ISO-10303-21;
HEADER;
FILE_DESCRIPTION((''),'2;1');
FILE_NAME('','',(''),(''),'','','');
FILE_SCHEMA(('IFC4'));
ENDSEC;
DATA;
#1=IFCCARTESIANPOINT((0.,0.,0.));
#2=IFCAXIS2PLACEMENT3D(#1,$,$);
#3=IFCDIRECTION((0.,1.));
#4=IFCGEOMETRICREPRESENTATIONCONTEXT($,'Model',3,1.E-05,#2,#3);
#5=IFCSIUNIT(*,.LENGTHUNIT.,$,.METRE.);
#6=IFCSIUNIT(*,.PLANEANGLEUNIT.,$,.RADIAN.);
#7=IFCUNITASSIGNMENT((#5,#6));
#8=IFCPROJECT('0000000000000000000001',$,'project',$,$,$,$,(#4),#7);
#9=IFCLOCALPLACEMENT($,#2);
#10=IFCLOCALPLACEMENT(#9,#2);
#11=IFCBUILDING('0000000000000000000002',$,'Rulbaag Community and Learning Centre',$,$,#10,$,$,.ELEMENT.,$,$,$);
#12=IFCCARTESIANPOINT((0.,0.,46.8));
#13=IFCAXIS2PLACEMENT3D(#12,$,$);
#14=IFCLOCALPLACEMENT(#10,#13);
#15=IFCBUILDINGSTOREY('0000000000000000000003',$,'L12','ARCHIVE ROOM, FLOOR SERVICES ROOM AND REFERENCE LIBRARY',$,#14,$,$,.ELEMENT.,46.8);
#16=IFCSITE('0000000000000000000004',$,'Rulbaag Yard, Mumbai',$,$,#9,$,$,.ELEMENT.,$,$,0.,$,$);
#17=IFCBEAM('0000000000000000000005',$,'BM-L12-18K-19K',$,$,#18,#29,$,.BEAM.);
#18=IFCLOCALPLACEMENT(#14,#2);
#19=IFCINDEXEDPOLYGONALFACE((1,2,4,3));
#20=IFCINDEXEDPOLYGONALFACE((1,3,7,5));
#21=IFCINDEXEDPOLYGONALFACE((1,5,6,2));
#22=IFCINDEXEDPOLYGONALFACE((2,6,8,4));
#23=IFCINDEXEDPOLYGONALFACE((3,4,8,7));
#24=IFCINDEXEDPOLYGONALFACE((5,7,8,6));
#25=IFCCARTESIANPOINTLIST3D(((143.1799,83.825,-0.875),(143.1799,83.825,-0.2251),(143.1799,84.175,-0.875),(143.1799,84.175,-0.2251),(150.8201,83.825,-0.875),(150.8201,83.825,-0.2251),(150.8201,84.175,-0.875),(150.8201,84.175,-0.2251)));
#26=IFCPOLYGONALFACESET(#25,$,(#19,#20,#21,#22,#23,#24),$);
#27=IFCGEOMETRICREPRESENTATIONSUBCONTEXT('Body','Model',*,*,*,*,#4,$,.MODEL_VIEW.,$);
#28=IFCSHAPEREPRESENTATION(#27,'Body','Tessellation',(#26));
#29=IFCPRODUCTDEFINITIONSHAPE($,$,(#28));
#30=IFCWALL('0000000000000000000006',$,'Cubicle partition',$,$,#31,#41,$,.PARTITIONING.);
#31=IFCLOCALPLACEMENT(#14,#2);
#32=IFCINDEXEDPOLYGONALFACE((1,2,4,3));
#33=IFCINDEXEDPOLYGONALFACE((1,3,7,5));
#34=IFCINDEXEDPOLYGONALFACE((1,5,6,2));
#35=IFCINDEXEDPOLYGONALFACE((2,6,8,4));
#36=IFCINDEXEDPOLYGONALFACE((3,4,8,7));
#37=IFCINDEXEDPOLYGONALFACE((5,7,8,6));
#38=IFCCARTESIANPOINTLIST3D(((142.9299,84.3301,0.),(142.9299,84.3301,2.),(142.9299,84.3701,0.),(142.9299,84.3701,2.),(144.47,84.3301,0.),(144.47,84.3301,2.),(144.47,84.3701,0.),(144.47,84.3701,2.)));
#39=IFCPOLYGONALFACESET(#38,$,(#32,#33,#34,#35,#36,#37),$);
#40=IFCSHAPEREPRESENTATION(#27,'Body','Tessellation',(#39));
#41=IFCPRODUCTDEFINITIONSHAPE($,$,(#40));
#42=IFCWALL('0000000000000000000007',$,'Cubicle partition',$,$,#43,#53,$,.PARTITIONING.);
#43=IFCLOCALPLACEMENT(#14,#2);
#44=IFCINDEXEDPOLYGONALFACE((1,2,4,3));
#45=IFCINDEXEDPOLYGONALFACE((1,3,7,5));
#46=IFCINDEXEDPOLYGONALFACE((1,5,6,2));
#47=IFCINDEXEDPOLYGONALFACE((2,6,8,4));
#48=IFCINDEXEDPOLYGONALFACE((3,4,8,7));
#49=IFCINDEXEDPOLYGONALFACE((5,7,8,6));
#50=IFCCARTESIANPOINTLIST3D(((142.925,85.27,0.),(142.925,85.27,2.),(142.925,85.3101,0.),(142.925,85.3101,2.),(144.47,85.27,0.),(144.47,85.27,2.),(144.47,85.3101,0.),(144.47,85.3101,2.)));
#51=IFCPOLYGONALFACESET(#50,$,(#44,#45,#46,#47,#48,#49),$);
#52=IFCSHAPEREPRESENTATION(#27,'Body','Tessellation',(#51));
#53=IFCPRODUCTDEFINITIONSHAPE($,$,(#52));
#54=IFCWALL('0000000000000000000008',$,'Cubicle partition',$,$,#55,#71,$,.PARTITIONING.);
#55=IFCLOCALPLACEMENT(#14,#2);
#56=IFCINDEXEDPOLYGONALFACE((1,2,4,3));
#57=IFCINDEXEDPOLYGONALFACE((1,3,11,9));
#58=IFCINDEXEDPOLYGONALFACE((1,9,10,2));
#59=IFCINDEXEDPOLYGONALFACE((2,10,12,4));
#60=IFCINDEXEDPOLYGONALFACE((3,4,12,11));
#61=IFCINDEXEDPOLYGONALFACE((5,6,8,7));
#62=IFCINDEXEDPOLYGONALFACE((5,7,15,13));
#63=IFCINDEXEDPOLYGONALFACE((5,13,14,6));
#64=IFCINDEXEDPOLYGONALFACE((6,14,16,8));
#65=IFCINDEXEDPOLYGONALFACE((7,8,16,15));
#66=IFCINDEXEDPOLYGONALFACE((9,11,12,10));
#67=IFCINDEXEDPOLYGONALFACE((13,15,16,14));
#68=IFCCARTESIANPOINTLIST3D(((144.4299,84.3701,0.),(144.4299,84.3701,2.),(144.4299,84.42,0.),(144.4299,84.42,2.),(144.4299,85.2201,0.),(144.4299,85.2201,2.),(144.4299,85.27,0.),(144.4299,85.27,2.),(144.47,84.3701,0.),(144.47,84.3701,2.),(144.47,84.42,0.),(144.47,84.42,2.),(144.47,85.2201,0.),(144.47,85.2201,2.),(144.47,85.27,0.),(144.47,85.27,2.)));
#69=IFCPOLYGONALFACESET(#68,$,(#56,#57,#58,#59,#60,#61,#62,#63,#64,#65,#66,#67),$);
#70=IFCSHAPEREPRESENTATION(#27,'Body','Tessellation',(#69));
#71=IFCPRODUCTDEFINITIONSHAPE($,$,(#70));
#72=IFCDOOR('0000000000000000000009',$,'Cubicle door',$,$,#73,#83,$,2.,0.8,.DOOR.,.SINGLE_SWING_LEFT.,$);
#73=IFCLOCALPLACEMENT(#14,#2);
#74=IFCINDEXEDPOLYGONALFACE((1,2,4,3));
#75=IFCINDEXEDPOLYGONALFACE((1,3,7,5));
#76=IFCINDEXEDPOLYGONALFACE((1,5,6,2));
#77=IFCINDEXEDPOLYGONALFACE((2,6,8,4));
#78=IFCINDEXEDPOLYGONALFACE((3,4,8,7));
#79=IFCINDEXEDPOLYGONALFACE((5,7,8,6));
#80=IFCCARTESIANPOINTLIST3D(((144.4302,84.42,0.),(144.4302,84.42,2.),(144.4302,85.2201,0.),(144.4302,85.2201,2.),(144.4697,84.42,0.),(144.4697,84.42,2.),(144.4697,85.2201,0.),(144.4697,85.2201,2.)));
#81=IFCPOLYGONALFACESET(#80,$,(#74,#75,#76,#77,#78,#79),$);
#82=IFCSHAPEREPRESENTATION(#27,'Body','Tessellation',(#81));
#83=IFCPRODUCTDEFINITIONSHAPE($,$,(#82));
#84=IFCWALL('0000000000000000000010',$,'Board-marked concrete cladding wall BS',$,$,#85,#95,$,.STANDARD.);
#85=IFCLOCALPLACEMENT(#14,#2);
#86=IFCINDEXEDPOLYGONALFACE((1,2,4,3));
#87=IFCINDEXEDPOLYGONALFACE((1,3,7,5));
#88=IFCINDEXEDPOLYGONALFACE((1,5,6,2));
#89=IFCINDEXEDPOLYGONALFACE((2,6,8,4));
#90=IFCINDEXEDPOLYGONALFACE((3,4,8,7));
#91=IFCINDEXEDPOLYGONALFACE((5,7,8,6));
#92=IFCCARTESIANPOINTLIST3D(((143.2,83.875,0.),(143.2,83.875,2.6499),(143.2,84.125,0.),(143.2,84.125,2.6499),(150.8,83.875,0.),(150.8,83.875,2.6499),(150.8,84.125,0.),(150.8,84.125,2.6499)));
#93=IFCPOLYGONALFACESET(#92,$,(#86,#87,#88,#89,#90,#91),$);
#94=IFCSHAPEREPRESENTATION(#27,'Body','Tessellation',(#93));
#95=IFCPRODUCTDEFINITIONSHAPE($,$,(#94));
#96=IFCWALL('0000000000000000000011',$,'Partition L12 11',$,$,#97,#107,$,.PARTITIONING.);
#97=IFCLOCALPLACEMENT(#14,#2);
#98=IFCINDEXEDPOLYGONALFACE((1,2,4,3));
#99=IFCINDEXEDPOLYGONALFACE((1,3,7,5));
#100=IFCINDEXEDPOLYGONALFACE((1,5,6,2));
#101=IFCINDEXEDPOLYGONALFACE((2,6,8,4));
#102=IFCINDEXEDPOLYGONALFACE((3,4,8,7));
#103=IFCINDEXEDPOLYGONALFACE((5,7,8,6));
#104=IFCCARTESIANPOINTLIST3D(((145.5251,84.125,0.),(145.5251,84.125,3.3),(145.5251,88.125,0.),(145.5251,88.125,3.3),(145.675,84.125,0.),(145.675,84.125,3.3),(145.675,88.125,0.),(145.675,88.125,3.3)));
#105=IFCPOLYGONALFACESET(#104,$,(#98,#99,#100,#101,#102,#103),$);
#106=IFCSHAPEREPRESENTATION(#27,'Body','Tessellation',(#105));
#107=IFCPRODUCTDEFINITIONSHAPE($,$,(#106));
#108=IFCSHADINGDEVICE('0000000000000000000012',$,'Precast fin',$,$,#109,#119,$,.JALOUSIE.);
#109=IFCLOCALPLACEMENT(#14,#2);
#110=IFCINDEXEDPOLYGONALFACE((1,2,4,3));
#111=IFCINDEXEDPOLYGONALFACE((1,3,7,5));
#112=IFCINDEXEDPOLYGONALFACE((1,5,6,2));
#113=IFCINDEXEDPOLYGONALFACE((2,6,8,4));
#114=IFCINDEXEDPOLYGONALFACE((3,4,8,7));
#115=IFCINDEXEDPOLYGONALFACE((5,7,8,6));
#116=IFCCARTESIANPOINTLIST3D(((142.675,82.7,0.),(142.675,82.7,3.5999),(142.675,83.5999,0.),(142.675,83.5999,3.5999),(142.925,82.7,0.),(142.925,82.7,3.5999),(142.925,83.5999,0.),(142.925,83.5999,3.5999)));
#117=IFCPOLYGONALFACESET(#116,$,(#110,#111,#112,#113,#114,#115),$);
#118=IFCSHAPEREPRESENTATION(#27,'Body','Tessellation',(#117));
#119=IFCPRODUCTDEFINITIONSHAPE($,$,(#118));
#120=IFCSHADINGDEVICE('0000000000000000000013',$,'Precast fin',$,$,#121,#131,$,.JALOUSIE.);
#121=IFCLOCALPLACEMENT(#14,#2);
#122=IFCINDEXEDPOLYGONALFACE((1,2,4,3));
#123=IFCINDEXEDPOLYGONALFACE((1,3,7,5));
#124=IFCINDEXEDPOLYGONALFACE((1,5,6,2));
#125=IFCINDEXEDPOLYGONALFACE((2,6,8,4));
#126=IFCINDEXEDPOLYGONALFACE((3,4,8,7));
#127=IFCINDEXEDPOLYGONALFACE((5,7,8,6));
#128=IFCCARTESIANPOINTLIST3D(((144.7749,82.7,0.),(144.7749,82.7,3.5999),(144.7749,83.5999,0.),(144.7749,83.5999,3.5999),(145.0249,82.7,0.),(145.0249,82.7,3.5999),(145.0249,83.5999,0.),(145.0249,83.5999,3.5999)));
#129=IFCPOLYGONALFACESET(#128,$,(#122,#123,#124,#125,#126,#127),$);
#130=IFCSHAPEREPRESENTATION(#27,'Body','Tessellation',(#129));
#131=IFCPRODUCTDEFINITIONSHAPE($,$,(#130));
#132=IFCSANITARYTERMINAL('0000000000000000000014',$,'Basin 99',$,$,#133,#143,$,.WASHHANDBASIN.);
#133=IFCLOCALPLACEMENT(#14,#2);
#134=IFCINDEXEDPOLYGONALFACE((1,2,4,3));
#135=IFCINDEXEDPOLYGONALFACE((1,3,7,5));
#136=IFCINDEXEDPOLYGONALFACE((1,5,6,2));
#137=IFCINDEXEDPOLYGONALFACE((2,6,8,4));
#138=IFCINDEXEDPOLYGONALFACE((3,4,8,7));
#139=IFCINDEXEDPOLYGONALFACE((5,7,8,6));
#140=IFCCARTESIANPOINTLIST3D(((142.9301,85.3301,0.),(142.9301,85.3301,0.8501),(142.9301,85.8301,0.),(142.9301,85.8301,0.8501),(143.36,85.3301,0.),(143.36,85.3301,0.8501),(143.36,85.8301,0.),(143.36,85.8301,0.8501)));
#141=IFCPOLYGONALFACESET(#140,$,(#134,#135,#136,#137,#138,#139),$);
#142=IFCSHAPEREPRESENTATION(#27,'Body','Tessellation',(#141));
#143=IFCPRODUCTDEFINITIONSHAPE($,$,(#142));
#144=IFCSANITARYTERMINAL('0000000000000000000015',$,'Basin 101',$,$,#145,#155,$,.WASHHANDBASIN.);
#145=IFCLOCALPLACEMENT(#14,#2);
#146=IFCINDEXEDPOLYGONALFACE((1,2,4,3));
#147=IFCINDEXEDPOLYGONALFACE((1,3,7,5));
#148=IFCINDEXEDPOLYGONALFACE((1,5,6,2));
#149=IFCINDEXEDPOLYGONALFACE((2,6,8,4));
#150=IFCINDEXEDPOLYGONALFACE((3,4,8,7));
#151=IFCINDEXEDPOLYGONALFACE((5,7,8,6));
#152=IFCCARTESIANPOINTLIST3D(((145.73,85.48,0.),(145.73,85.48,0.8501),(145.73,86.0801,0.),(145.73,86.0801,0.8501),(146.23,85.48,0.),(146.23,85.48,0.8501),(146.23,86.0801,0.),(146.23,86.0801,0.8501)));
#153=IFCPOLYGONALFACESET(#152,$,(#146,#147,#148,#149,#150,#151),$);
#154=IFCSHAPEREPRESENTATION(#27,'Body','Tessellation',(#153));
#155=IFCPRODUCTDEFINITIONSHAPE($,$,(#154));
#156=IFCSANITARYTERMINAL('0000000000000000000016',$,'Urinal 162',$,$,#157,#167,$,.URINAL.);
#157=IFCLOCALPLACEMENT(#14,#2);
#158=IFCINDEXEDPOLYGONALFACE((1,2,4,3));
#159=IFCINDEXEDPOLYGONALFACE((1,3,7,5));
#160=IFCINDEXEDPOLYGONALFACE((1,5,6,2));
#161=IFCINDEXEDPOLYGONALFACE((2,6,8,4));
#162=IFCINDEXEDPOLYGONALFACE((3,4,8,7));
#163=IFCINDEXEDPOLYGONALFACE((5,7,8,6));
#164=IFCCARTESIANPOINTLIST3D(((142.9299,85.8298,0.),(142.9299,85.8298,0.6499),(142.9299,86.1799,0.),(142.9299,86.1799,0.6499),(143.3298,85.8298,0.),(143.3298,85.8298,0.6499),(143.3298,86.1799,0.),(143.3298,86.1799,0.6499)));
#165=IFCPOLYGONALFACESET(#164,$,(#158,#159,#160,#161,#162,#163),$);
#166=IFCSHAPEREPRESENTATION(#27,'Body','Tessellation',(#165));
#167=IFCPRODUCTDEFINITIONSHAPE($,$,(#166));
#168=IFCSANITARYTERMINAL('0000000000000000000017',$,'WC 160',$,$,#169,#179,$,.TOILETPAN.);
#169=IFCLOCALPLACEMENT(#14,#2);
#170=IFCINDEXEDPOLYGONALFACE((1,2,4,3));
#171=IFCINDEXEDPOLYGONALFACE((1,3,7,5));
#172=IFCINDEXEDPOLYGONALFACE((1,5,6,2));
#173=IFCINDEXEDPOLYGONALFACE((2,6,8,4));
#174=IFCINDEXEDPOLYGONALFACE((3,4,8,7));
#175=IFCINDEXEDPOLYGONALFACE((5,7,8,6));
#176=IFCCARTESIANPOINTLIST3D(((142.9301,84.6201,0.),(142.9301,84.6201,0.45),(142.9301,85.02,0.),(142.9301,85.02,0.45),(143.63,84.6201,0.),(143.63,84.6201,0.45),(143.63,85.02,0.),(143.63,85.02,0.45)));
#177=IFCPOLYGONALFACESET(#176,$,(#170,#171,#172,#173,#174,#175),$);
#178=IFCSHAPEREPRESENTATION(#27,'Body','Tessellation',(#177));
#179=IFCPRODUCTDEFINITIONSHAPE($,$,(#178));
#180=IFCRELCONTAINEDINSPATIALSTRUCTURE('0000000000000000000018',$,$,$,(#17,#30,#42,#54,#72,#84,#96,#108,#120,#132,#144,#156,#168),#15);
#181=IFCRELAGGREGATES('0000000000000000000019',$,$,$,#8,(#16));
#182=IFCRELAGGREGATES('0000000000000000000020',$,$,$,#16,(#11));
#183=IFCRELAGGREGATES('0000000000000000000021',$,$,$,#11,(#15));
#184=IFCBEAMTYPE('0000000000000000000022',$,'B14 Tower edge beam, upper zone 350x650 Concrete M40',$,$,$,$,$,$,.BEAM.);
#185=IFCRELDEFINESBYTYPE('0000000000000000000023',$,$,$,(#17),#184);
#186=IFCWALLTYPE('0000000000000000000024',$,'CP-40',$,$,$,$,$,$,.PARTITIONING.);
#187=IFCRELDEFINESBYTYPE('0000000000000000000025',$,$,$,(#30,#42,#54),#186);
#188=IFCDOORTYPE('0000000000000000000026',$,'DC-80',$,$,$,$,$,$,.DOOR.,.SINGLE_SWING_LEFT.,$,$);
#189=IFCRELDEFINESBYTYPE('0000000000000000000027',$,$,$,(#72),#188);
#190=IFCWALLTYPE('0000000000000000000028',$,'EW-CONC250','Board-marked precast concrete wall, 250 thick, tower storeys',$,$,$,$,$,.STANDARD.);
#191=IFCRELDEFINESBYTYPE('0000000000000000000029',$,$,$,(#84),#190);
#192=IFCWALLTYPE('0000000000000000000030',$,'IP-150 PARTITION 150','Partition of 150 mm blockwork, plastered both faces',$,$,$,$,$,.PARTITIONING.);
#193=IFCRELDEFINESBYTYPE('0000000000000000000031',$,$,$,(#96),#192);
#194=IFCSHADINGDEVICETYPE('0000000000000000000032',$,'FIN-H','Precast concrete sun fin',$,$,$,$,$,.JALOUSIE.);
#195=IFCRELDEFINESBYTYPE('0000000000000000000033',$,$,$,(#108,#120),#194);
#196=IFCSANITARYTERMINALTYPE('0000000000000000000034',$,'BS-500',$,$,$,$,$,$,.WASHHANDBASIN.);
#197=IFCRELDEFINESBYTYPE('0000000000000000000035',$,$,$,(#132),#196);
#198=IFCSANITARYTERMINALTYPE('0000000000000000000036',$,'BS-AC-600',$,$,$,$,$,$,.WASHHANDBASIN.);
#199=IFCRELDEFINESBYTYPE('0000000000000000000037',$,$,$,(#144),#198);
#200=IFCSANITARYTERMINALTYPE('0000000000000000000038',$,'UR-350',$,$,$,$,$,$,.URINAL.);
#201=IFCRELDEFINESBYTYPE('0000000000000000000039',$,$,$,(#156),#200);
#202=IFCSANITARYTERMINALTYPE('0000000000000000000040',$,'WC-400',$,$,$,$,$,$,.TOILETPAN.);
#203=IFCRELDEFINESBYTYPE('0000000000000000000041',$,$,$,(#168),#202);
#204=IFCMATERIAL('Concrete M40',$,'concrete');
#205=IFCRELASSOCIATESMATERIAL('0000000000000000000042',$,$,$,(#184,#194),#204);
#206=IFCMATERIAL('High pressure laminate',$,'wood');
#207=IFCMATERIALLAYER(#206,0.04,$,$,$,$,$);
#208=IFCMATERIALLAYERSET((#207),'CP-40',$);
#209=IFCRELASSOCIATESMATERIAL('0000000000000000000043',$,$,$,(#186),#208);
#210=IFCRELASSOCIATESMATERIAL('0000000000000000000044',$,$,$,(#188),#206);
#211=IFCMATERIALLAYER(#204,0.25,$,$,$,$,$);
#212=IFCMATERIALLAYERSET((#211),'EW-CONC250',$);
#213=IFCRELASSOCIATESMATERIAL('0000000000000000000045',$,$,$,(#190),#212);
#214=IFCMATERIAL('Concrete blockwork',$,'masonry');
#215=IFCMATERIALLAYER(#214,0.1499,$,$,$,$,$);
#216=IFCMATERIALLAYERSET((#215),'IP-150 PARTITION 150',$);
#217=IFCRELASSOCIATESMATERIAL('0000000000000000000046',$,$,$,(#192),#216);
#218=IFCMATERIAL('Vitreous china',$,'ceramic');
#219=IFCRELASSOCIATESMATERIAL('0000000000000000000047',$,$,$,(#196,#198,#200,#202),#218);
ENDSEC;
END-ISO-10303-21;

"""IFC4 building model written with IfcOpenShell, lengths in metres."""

from ifc_helpers import new_model, si_unit, direction, frame, frame_2d, origin, origin_2d, place, context, subcontext, project, spatial, rectangle, extrude, material, layer, layer_set, material_profile, profile_set, type_object, element, fill, save


model = new_model("IFC4")

# Units and contexts
model_context = context("Model", 3, precision=1e-05, world=origin(), true_north=direction((0.0, 1.0)))
body_context = subcontext(model_context, "Body", "Model", "MODEL_VIEW")
ifc_project = project(units=[si_unit("LENGTHUNIT", "METRE"), si_unit("PLANEANGLEUNIT", "RADIAN")], contexts=[model_context])

# Site, building, storey
site_placement = place(None, origin())
site = spatial("IfcSite", under=ifc_project, at=site_placement, Name="Rulbaag Yard, Mumbai", CompositionType="ELEMENT", RefElevation=0.0)
building_placement = place(site_placement, origin())
building = spatial("IfcBuilding", under=site, at=building_placement, Name="Rulbaag Community and Learning Centre", CompositionType="ELEMENT")
storey_placement = place(building_placement, frame((0.0, 0.0, 46.8)))
storey = spatial("IfcBuildingStorey", under=building, at=storey_placement, Name="L12", Description="ARCHIVE ROOM, FLOOR SERVICES ROOM AND REFERENCE LIBRARY", CompositionType="ELEMENT", Elevation=46.8)

# Beam
ifc_material_1 = material(Name="Concrete M40", Category="concrete")
ifc_material_profile_1 = material_profile(ifc_material_1, rectangle(XDim=0.3501, YDim=0.6499, at=origin_2d()), Name="RB350x650")
ifc_profile_set_1 = profile_set([ifc_material_profile_1], Name="Concrete M40")
beam_type = type_object("IfcBeamType", Name="B14 Tower edge beam, upper zone 350x650 Concrete M40", PredefinedType="BEAM", material=ifc_profile_set_1)
beam_placement = place(storey_placement, frame((143.1799, 84.0, -0.55), z_axis=(1.0, 0.0, 0.0), x_axis=(0.0, 1.0, 0.0)))
element("IfcBeam", 1, at=beam_placement, inside=storey, type_object=beam_type, Name="BM-L12-18K-19K", PredefinedType="BEAM", context=body_context, shape_type="SweptSolid", body=[
    extrude(rectangle(XDim=0.3501, YDim=0.6499, at=origin_2d()), origin(), (0.0, 0.0, 1.0), 7.6401),
])

# Walls
ifc_material_2 = material(Name="High pressure laminate", Category="wood")
ifc_layer_1 = layer(ifc_material_2, 0.04)
ifc_layer_set_1 = layer_set([ifc_layer_1], Name="CP-40")
wall_type_1 = type_object("IfcWallType", Name="CP-40", PredefinedType="PARTITIONING", material=ifc_layer_set_1)
wall_1_placement = place(storey_placement, frame((142.9299, 84.3501, 0.0), z_axis=(0.0, 0.0, 1.0), x_axis=(1.0, 0.0, 0.0)))
element("IfcWall", 2, at=wall_1_placement, inside=storey, type_object=wall_type_1, Name="Cubicle partition", PredefinedType="PARTITIONING", context=body_context, shape_type="SweptSolid", body=[
    extrude(rectangle(XDim=1.54, YDim=0.04, at=frame_2d((0.77, 0.0))), origin(), (0.0, 0.0, 1.0), 2.0),
])
wall_2_placement = place(storey_placement, frame((142.925, 85.29, 0.0), z_axis=(0.0, 0.0, 1.0), x_axis=(1.0, 0.0, 0.0)))
element("IfcWall", 3, at=wall_2_placement, inside=storey, type_object=wall_type_1, Name="Cubicle partition", PredefinedType="PARTITIONING", context=body_context, shape_type="SweptSolid", body=[
    extrude(rectangle(XDim=1.5449, YDim=0.04, at=frame_2d((0.7725, 0.0))), origin(), (0.0, 0.0, 1.0), 2.0),
])

# Wall, opening, door
wall_3_placement = place(storey_placement, frame((144.45, 84.3701, 0.0), z_axis=(0.0, 0.0, 1.0), x_axis=(0.0, 1.0, 0.0)))
wall_3 = element("IfcWall", 4, at=wall_3_placement, inside=storey, type_object=wall_type_1, Name="Cubicle partition", PredefinedType="PARTITIONING", context=body_context, shape_type="SweptSolid", body=[
    extrude(rectangle(XDim=0.8999, YDim=0.04, at=frame_2d((0.45, 0.0))), origin(), (0.0, 0.0, 1.0), 2.0),
])
opening_placement = place(wall_3_placement, frame((0.05, 0.0, 0.0)))
opening = element("IfcOpeningElement", 5, at=opening_placement, cuts=wall_3, PredefinedType="OPENING", context=body_context, shape_type="SweptSolid", body=[
    extrude(rectangle(XDim=0.8, YDim=2.0, at=frame_2d((0.3999, 1.0))), frame((0.0, 0.03, 0.0), z_axis=(0.0, -1.0, 0.0), x_axis=(1.0, 0.0, 0.0)), (0.0, 0.0, 1.0), 0.0601),
])
door_type = type_object("IfcDoorType", Name="DC-80", OperationType="SINGLE_SWING_LEFT", PredefinedType="DOOR", material=ifc_material_2)
door_placement = place(opening_placement, origin())
door = element("IfcDoor", 6, at=door_placement, inside=storey, type_object=door_type, Name="Cubicle door", OperationType="SINGLE_SWING_LEFT", OverallHeight=2.0, OverallWidth=0.8, PredefinedType="DOOR", context=body_context, shape_type="SweptSolid", body=[
    extrude(rectangle(XDim=0.8, YDim=2.0, at=frame_2d((0.3999, 1.0))), frame((0.0, 0.0198, 0.0), z_axis=(0.0, -1.0, 0.0), x_axis=(1.0, 0.0, 0.0)), (0.0, 0.0, 1.0), 0.0396),
])
fill(opening, door)

# Walls
ifc_layer_2 = layer(ifc_material_1, 0.25)
ifc_layer_set_2 = layer_set([ifc_layer_2], Name="EW-CONC250")
wall_type_2 = type_object("IfcWallType", Name="EW-CONC250", Description="Board-marked precast concrete wall, 250 thick, tower storeys", PredefinedType="STANDARD", material=ifc_layer_set_2)
wall_4_placement = place(storey_placement, frame((143.2, 84.0, 0.0), z_axis=(0.0, 0.0, 1.0), x_axis=(1.0, 0.0, 0.0)))
element("IfcWall", 7, at=wall_4_placement, inside=storey, type_object=wall_type_2, Name="Board-marked concrete cladding wall BS", PredefinedType="STANDARD", context=body_context, shape_type="SweptSolid", body=[
    extrude(rectangle(XDim=7.6001, YDim=0.25, at=frame_2d((3.8, 0.0))), origin(), (0.0, 0.0, 1.0), 2.6499),
])
ifc_material_3 = material(Name="Concrete blockwork", Category="masonry")
ifc_layer_3 = layer(ifc_material_3, 0.1499)
ifc_layer_set_3 = layer_set([ifc_layer_3], Name="IP-150 PARTITION 150")
wall_type_3 = type_object("IfcWallType", Name="IP-150 PARTITION 150", Description="Partition of 150 mm blockwork, plastered both faces", PredefinedType="PARTITIONING", material=ifc_layer_set_3)
wall_5_placement = place(storey_placement, frame((145.6001, 84.125, 0.0), z_axis=(0.0, 0.0, 1.0), x_axis=(0.0, 1.0, 0.0)))
element("IfcWall", 8, at=wall_5_placement, inside=storey, type_object=wall_type_3, Name="Partition L12 11", PredefinedType="PARTITIONING", context=body_context, shape_type="SweptSolid", body=[
    extrude(rectangle(XDim=4.0, YDim=0.1499, at=frame_2d((2.0, 0.0))), origin(), (0.0, 0.0, 1.0), 3.3),
])

# Shading devices
ifc_material_profile_2 = material_profile(ifc_material_1, rectangle(XDim=0.25, YDim=0.8999, at=origin_2d()), Name="PC 250x900")
ifc_profile_set_2 = profile_set([ifc_material_profile_2], Name="Concrete M40")
shading_device_type = type_object("IfcShadingDeviceType", Name="FIN-H", Description="Precast concrete sun fin", PredefinedType="JALOUSIE", material=ifc_profile_set_2)
for number, where, z_axis, x_axis, name in (
    (9, (142.8, 83.1499, 0.0), (0.0, 0.0, 1.0), (1.0, 0.0, 0.0), "Precast fin"),
    (10, (144.8999, 83.1499, 0.0), (0.0, 0.0, 1.0), (1.0, 0.0, 0.0), "Precast fin"),
):
    element("IfcShadingDevice", number, at=place(storey_placement, frame(where, z_axis=z_axis, x_axis=x_axis)), inside=storey, type_object=shading_device_type, Name=name, PredefinedType="JALOUSIE", context=body_context, shape_type="SweptSolid", body=[
        extrude(rectangle(XDim=0.25, YDim=0.8999, at=origin_2d()), origin(), (0.0, 0.0, 1.0), 3.5999),
    ])

# Sanitary terminals
ifc_material_4 = material(Name="Vitreous china", Category="ceramic")
sanitary_terminal_type_1 = type_object("IfcSanitaryTerminalType", Name="BS-500", PredefinedType="WASHHANDBASIN", material=ifc_material_4)
sanitary_terminal_1_placement = place(storey_placement, frame((143.145, 85.5801, 0.0), z_axis=(0.0, 0.0, 1.0), x_axis=(1.0, 0.0, 0.0)))
element("IfcSanitaryTerminal", 11, at=sanitary_terminal_1_placement, inside=storey, type_object=sanitary_terminal_type_1, Name="Basin 99", PredefinedType="WASHHANDBASIN", context=body_context, shape_type="SweptSolid", body=[
    extrude(rectangle(XDim=0.4299, YDim=0.5, at=origin_2d()), origin(), (0.0, 0.0, 1.0), 0.8501),
])
sanitary_terminal_type_2 = type_object("IfcSanitaryTerminalType", Name="BS-AC-600", PredefinedType="WASHHANDBASIN", material=ifc_material_4)
sanitary_terminal_2_placement = place(storey_placement, frame((145.98, 85.78, 0.0), z_axis=(0.0, 0.0, 1.0), x_axis=(1.0, 0.0, 0.0)))
element("IfcSanitaryTerminal", 12, at=sanitary_terminal_2_placement, inside=storey, type_object=sanitary_terminal_type_2, Name="Basin 101", PredefinedType="WASHHANDBASIN", context=body_context, shape_type="SweptSolid", body=[
    extrude(rectangle(XDim=0.5, YDim=0.6001, at=origin_2d()), origin(), (0.0, 0.0, 1.0), 0.8501),
])
sanitary_terminal_type_3 = type_object("IfcSanitaryTerminalType", Name="UR-350", PredefinedType="URINAL", material=ifc_material_4)
sanitary_terminal_3_placement = place(storey_placement, frame((143.1299, 86.0049, 0.0), z_axis=(0.0, 0.0, 1.0), x_axis=(1.0, 0.0, 0.0)))
element("IfcSanitaryTerminal", 13, at=sanitary_terminal_3_placement, inside=storey, type_object=sanitary_terminal_type_3, Name="Urinal 162", PredefinedType="URINAL", context=body_context, shape_type="SweptSolid", body=[
    extrude(rectangle(XDim=0.3999, YDim=0.3501, at=origin_2d()), origin(), (0.0, 0.0, 1.0), 0.6499),
])
sanitary_terminal_type_4 = type_object("IfcSanitaryTerminalType", Name="WC-400", PredefinedType="TOILETPAN", material=ifc_material_4)
sanitary_terminal_4_placement = place(storey_placement, frame((143.28, 84.8201, 0.0), z_axis=(0.0, 0.0, 1.0), x_axis=(1.0, 0.0, 0.0)))
element("IfcSanitaryTerminal", 14, at=sanitary_terminal_4_placement, inside=storey, type_object=sanitary_terminal_type_4, Name="WC 160", PredefinedType="TOILETPAN", context=body_context, shape_type="SweptSolid", body=[
    extrude(rectangle(XDim=0.7, YDim=0.3999, at=origin_2d()), origin(), (0.0, 0.0, 1.0), 0.45),
])

save(model, "model.ifc")
